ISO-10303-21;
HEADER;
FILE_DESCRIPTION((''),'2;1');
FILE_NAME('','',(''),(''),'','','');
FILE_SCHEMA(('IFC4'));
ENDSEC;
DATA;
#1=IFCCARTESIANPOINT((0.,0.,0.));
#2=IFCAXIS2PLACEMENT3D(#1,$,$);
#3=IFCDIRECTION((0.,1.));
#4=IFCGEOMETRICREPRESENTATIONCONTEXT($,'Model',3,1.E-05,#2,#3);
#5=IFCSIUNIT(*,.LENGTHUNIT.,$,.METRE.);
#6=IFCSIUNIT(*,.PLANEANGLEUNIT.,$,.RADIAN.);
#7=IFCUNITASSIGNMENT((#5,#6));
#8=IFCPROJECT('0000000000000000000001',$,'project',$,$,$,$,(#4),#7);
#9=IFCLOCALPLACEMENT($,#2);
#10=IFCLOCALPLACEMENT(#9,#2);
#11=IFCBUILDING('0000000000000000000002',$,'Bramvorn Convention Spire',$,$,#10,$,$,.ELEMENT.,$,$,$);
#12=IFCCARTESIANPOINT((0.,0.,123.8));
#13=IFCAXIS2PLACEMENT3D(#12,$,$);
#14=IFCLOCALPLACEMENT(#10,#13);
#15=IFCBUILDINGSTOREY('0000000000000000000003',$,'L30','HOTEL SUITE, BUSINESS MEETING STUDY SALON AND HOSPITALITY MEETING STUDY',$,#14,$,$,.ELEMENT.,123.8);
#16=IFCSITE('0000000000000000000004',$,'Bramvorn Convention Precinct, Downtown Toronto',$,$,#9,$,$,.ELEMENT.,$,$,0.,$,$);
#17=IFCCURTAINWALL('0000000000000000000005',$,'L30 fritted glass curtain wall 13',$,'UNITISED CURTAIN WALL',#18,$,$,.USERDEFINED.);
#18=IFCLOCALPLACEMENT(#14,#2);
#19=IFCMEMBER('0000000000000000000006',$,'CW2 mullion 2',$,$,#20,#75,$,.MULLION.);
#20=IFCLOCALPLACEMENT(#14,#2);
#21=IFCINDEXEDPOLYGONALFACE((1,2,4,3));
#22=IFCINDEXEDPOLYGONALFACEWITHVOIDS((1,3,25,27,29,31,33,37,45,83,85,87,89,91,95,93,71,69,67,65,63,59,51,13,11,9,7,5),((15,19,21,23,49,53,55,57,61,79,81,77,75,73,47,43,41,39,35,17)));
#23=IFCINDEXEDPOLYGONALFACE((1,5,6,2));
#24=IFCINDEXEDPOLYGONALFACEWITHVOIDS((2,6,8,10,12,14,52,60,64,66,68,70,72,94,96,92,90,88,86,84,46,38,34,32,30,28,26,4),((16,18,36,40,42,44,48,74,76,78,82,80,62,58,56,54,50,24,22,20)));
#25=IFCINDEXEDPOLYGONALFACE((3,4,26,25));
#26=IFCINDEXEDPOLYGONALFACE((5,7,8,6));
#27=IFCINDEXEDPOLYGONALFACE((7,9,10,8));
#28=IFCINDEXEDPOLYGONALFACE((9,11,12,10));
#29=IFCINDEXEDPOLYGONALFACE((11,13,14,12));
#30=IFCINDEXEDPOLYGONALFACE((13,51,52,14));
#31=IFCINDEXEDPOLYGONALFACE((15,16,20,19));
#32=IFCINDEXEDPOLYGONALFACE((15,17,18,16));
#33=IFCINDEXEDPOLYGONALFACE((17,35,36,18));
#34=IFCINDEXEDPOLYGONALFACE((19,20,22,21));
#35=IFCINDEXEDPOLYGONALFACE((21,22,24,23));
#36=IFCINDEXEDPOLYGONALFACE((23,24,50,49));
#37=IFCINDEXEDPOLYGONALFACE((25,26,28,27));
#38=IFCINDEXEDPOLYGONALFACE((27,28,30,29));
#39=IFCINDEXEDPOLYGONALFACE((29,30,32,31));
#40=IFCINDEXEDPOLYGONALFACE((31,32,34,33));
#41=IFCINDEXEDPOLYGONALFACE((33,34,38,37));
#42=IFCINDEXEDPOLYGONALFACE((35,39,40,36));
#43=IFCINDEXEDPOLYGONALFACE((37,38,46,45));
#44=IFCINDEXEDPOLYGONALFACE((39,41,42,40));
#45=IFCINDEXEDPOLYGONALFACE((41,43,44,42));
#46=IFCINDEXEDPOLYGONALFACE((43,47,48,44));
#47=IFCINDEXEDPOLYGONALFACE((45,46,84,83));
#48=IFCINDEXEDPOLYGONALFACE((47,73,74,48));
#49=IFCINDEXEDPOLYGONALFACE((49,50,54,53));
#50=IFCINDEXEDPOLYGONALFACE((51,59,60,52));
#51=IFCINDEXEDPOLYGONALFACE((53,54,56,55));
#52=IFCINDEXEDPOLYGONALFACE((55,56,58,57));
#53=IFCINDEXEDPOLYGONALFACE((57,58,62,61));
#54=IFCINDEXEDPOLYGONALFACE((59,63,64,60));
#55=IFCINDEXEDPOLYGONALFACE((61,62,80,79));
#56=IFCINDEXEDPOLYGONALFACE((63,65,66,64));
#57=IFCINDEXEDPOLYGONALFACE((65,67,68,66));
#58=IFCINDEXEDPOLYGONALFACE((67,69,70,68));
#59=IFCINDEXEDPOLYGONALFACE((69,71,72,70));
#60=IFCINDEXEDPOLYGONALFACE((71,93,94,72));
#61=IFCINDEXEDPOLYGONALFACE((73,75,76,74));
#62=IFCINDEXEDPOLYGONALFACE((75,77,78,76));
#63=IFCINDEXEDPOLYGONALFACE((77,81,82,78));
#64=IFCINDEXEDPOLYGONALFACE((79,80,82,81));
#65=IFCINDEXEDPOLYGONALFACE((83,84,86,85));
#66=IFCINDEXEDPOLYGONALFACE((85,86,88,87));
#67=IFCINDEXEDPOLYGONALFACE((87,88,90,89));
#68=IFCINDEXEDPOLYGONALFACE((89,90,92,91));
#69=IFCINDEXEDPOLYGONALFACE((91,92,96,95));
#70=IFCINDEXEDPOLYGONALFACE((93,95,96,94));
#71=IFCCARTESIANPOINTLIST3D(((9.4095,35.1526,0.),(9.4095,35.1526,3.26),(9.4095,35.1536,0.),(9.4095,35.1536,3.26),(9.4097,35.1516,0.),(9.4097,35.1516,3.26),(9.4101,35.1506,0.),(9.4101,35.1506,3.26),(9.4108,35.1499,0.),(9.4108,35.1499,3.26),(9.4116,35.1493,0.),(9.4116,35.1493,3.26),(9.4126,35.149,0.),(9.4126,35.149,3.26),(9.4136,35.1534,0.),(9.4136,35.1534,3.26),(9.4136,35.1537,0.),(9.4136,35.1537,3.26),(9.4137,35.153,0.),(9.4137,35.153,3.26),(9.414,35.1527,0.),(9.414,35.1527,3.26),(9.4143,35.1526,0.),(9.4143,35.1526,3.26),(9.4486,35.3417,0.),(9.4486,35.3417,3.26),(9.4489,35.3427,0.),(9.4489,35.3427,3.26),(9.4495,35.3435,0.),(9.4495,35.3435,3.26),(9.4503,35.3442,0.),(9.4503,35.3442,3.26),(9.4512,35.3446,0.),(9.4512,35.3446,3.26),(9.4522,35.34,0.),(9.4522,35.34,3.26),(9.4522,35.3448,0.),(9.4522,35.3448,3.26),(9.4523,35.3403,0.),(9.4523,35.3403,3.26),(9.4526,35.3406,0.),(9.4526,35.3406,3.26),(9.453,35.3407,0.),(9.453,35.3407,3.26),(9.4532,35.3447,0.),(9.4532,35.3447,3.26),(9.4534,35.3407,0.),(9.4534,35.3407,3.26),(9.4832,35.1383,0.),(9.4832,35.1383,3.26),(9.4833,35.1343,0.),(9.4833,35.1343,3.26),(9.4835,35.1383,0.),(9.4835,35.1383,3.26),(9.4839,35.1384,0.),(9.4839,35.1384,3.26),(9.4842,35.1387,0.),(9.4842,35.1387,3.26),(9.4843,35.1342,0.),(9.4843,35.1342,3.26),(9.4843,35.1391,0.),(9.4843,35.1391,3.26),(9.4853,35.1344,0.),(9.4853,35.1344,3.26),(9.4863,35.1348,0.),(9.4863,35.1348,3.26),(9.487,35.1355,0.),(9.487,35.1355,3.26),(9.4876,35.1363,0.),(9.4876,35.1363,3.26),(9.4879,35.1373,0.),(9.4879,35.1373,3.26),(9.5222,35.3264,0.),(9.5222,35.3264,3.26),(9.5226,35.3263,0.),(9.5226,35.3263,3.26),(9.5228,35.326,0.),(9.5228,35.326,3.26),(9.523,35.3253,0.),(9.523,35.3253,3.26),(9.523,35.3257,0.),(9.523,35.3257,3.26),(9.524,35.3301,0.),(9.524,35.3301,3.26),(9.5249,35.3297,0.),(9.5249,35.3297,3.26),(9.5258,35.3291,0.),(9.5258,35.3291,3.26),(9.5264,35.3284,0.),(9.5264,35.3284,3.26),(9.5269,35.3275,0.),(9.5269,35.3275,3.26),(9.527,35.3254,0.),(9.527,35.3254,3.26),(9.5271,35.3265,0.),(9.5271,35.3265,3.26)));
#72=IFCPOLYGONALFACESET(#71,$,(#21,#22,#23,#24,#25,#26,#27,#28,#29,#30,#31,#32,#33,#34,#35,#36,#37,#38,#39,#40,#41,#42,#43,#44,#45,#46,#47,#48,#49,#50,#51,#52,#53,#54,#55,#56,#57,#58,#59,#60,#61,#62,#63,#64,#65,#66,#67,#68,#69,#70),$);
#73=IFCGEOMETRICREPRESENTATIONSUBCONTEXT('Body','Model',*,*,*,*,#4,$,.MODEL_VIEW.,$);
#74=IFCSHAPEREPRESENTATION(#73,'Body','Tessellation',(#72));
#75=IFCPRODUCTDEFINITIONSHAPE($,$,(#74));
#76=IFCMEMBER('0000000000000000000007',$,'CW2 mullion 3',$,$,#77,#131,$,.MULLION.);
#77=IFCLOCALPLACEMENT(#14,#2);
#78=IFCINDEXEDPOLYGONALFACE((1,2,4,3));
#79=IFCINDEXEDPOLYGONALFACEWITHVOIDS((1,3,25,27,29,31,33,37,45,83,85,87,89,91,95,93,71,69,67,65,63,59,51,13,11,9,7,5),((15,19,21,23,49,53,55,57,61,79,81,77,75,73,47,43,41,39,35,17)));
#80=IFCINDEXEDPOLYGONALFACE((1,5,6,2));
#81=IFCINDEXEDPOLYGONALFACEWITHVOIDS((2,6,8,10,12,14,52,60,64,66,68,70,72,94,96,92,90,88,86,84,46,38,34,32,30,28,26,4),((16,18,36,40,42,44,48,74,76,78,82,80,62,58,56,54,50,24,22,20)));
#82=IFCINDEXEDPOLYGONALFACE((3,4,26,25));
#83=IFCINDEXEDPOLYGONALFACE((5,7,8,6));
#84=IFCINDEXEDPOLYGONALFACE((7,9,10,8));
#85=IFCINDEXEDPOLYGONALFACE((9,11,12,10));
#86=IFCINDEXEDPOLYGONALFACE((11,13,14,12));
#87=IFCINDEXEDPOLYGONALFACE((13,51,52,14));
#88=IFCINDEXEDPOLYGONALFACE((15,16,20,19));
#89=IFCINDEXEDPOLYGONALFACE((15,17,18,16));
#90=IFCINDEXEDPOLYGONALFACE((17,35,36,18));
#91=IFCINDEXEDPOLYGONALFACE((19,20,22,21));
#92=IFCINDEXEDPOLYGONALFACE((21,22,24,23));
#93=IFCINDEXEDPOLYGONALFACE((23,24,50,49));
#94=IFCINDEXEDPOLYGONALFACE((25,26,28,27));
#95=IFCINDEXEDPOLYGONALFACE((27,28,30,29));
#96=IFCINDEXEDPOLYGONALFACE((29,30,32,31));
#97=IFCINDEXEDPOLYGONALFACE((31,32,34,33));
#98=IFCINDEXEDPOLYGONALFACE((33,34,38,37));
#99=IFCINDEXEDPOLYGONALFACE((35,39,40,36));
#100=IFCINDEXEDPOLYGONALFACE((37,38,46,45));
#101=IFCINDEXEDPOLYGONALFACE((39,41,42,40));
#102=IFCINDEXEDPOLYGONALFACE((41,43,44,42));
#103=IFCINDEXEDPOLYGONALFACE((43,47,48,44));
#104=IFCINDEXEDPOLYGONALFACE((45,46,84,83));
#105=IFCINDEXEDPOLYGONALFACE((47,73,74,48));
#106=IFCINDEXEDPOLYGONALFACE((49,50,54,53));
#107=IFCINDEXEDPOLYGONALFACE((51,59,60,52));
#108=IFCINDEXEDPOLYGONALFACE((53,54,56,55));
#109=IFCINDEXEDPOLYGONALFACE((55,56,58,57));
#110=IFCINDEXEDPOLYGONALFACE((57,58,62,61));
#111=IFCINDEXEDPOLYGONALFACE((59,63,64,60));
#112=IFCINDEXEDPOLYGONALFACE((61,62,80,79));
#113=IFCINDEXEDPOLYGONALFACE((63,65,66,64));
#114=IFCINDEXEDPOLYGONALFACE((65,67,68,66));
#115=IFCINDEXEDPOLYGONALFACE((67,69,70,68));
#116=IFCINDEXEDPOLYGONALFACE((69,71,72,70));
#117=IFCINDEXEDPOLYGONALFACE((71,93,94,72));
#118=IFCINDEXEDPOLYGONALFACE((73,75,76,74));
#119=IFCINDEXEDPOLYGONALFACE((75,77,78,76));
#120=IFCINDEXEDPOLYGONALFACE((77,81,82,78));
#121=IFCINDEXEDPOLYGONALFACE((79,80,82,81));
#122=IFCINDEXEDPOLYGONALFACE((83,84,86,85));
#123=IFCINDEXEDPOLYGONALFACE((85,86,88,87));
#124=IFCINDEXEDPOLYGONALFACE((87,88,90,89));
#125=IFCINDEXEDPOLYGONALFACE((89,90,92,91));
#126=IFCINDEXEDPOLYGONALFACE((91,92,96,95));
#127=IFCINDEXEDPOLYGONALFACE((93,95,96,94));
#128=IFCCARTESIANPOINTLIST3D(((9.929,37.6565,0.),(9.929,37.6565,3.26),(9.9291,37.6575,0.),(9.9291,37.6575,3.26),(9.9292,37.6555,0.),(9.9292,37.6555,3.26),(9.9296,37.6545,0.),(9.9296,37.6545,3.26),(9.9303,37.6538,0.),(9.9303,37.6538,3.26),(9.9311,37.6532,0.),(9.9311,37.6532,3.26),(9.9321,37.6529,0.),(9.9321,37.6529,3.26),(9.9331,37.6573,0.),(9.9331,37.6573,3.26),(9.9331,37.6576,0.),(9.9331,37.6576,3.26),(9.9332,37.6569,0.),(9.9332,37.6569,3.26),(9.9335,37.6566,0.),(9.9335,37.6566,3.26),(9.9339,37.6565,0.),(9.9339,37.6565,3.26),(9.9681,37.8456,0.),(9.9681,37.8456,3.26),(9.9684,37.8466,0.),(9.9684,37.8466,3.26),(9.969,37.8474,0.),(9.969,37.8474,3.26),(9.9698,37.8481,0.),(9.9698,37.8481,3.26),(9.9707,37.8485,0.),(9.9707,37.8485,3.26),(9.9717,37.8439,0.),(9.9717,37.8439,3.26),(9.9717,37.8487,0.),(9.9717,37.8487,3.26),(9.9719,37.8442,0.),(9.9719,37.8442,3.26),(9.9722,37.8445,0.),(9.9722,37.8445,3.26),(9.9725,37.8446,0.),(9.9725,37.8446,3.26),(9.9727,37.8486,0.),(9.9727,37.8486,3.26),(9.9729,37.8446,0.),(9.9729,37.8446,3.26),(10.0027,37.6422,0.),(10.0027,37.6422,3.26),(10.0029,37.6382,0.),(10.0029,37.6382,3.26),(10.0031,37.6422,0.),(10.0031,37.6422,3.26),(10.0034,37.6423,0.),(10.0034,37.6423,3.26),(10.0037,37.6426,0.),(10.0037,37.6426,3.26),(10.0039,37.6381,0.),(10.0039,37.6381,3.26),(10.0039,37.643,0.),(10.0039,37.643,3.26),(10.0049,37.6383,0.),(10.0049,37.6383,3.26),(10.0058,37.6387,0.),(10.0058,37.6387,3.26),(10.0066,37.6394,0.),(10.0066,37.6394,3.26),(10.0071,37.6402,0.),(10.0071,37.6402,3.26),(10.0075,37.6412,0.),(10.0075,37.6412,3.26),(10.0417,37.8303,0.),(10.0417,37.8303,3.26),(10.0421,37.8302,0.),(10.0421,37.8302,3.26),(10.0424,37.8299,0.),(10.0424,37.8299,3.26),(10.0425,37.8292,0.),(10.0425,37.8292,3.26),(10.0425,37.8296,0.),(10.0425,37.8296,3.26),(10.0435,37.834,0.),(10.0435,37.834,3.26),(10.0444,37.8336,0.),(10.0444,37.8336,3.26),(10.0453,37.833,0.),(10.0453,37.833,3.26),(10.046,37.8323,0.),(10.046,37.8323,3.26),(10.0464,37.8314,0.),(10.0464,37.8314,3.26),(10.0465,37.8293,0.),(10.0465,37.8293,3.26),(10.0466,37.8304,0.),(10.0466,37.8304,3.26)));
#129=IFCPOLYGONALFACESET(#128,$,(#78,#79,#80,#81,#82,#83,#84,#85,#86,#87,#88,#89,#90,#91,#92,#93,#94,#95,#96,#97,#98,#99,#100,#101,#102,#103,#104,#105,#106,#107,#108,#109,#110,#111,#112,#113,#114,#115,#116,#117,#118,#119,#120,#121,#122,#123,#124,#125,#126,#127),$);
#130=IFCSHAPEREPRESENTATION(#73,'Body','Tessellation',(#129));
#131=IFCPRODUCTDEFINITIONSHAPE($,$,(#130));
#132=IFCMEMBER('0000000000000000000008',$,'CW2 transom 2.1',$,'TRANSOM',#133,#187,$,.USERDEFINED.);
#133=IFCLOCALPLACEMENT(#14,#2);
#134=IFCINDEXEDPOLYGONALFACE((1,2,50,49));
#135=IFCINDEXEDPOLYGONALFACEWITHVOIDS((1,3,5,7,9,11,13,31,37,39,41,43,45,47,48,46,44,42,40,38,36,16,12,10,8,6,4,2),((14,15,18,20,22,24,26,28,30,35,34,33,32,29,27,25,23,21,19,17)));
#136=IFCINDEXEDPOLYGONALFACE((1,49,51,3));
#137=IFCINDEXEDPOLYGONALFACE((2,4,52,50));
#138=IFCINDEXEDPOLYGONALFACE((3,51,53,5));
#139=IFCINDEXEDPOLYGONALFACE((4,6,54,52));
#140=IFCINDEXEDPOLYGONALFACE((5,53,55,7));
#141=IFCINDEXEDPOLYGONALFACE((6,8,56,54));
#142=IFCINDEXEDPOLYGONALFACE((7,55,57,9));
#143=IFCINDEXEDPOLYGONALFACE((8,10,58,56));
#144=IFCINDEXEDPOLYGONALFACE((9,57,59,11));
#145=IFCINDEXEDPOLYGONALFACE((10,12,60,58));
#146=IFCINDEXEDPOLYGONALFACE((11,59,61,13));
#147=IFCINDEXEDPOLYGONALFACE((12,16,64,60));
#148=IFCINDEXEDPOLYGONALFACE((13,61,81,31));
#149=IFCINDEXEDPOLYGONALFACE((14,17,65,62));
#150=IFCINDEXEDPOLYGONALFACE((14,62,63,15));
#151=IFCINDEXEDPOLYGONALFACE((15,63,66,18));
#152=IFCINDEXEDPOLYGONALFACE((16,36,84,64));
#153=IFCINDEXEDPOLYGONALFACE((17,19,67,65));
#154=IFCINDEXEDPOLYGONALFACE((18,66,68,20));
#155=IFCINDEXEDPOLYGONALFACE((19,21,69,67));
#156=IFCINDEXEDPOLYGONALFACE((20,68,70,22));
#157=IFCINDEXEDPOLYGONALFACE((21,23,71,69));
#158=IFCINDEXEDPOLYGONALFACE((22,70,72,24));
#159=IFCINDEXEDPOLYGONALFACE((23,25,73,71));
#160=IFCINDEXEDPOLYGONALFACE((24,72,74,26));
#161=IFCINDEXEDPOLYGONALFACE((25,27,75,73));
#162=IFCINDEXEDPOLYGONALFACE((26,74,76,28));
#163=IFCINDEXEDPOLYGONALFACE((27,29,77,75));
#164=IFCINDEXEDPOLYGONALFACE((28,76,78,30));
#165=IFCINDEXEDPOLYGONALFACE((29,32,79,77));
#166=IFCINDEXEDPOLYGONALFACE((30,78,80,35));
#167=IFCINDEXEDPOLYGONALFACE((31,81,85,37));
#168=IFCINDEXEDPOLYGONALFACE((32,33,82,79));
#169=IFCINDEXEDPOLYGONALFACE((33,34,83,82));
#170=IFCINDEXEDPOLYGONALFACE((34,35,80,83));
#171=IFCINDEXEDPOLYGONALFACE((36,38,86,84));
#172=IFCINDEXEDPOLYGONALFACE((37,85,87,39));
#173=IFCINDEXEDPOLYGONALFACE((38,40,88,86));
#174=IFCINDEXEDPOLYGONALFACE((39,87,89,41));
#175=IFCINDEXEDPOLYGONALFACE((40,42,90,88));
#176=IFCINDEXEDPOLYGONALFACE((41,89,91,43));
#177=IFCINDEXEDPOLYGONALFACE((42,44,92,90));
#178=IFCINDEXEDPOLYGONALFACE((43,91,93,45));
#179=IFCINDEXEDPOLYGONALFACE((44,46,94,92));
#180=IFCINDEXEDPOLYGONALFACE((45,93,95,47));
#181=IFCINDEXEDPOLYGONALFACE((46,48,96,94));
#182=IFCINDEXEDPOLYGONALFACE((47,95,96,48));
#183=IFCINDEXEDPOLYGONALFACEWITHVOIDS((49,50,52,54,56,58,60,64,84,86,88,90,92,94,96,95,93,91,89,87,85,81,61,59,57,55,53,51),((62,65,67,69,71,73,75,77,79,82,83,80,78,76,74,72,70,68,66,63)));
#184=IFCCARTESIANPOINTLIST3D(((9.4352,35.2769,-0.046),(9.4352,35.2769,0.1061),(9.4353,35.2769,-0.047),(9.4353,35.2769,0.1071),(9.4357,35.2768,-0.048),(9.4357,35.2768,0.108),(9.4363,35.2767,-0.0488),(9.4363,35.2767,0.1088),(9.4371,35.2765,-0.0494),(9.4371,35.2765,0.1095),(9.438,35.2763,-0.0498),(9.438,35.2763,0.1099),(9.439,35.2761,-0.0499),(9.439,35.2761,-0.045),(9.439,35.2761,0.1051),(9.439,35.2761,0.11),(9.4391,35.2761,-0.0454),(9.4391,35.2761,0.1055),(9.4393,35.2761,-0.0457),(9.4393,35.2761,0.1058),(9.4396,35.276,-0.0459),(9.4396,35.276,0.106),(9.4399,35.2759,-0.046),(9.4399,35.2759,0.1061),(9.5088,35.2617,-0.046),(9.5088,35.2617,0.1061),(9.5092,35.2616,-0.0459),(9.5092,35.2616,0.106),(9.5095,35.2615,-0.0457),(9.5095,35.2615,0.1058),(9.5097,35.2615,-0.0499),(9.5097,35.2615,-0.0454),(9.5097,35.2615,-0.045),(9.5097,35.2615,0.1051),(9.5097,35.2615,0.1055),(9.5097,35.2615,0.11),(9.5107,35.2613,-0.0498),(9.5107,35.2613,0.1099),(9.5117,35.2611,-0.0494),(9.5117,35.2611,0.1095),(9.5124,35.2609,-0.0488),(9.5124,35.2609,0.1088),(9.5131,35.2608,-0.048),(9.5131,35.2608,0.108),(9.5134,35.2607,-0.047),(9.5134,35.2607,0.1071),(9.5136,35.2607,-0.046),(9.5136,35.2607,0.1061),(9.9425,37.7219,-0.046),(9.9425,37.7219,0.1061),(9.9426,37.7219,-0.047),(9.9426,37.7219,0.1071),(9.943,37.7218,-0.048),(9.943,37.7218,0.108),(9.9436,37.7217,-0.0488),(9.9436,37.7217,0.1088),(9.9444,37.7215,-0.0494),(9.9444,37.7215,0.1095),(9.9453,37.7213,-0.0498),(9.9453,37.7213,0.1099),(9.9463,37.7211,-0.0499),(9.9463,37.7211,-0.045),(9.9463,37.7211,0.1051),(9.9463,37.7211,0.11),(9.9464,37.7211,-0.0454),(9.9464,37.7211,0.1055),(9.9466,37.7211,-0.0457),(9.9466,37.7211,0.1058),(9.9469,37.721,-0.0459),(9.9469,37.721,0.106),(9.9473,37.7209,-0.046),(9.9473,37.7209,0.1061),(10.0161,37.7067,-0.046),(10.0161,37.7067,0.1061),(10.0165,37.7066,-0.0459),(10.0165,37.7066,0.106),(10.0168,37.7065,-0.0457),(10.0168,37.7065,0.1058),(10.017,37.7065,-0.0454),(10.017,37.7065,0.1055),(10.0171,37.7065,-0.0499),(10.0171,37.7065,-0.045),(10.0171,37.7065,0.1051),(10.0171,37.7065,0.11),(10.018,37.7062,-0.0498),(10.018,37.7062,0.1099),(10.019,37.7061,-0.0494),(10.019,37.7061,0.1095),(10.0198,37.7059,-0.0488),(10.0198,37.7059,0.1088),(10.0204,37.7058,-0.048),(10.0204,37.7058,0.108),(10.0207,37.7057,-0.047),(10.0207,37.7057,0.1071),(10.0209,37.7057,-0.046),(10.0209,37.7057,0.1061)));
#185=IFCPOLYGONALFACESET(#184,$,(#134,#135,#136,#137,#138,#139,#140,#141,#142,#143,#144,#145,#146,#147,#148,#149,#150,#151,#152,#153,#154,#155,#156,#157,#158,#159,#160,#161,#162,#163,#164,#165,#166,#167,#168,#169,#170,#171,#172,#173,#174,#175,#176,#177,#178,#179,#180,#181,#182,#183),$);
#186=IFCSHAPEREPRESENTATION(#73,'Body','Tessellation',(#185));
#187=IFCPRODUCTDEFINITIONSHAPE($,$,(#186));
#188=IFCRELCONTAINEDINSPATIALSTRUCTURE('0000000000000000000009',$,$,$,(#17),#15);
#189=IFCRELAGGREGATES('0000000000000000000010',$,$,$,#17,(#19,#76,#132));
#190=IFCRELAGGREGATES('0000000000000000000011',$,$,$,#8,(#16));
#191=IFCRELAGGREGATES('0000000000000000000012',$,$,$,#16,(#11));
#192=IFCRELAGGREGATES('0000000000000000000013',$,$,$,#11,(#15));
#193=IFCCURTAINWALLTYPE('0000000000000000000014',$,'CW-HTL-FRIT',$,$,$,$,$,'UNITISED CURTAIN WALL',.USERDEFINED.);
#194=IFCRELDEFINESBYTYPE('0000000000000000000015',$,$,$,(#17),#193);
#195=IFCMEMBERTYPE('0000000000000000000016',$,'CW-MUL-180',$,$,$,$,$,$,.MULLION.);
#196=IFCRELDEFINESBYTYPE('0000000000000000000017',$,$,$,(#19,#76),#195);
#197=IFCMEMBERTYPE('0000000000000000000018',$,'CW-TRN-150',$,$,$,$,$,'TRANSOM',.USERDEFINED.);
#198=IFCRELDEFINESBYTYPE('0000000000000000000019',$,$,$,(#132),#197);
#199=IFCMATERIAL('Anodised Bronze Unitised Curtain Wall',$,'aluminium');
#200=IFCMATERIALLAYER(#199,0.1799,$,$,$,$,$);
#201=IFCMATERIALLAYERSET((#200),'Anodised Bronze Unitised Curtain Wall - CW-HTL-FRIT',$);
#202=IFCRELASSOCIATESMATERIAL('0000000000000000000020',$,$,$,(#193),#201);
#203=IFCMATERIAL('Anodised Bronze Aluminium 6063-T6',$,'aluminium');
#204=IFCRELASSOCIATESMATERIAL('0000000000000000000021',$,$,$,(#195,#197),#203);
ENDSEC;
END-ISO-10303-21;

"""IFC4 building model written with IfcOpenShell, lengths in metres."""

from ifc_helpers import new_model, si_unit, direction, frame, origin, origin_2d, place, context, subcontext, project, spatial, hollow_rectangle, extrude, material, layer, layer_set, material_profile, profile_set, type_object, element, aggregate, save


model = new_model("IFC4")

# Units and contexts
model_context = context("Model", 3, precision=1e-05, world=origin(), true_north=direction((0.0, 1.0)))
body_context = subcontext(model_context, "Body", "Model", "MODEL_VIEW")
ifc_project = project(units=[si_unit("LENGTHUNIT", "METRE"), si_unit("PLANEANGLEUNIT", "RADIAN")], contexts=[model_context])

# Site, building, storey
site_placement = place(None, origin())
site = spatial("IfcSite", under=ifc_project, at=site_placement, Name="Bramvorn Convention Precinct, Downtown Toronto", CompositionType="ELEMENT", RefElevation=0.0)
building_placement = place(site_placement, origin())
building = spatial("IfcBuilding", under=site, at=building_placement, Name="Bramvorn Convention Spire", CompositionType="ELEMENT")
storey_placement = place(building_placement, frame((0.0, 0.0, 123.8)))
storey = spatial("IfcBuildingStorey", under=building, at=storey_placement, Name="L30", Description="HOTEL SUITE, BUSINESS MEETING STUDY SALON AND HOSPITALITY MEETING STUDY", CompositionType="ELEMENT", Elevation=123.8)

# Curtain wall, members
ifc_material_1 = material(Name="Anodised Bronze Unitised Curtain Wall", Category="aluminium")
ifc_layer_1 = layer(ifc_material_1, 0.1799)
ifc_layer_set_1 = layer_set([ifc_layer_1], Name="Anodised Bronze Unitised Curtain Wall - CW-HTL-FRIT")
curtain_wall_type = type_object("IfcCurtainWallType", Name="CW-HTL-FRIT", ElementType="UNITISED CURTAIN WALL", PredefinedType="USERDEFINED", material=ifc_layer_set_1)
curtain_wall_placement = place(storey_placement, origin())
curtain_wall = element("IfcCurtainWall", 1, at=curtain_wall_placement, inside=storey, type_object=curtain_wall_type, Name="L30 fritted glass curtain wall 13", ObjectType="UNITISED CURTAIN WALL", PredefinedType="USERDEFINED")
ifc_material_2 = material(Name="Anodised Bronze Aluminium 6063-T6", Category="aluminium")
ifc_material_profile_1 = material_profile(ifc_material_2, hollow_rectangle(XDim=0.0801, YDim=0.2, WallThickness=0.0039, InnerFilletRadius=0.001, OuterFilletRadius=0.0039, at=origin_2d()))
ifc_profile_set_1 = profile_set([ifc_material_profile_1], Name="Anodised Bronze Aluminium 6063-T6 - CWM80X200")
member_type_1 = type_object("IfcMemberType", Name="CW-MUL-180", PredefinedType="MULLION", material=ifc_profile_set_1)
member_1_placement = place(storey_placement, frame((9.4683, 35.2395, 0.0), z_axis=(0.0, 0.0, 1.0), x_axis=(-0.979146, 0.203158, 0.0)))
member_1 = element("IfcMember", 2, at=member_1_placement, type_object=member_type_1, Name="CW2 mullion 2", PredefinedType="MULLION", context=body_context, shape_type="SweptSolid", body=[
    extrude(hollow_rectangle(XDim=0.0801, YDim=0.2, WallThickness=0.0039, InnerFilletRadius=0.001, OuterFilletRadius=0.0039, at=origin_2d()), origin(), (0.0, 0.0, 1.0), 3.26),
])
member_2_placement = place(storey_placement, frame((9.9878, 37.7434, 0.0), z_axis=(0.0, 0.0, 1.0), x_axis=(-0.979146, 0.203158, 0.0)))
member_2 = element("IfcMember", 3, at=member_2_placement, type_object=member_type_1, Name="CW2 mullion 3", PredefinedType="MULLION", context=body_context, shape_type="SweptSolid", body=[
    extrude(hollow_rectangle(XDim=0.0801, YDim=0.2, WallThickness=0.0039, InnerFilletRadius=0.001, OuterFilletRadius=0.0039, at=origin_2d()), origin(), (0.0, 0.0, 1.0), 3.26),
])
ifc_material_profile_2 = material_profile(ifc_material_2, hollow_rectangle(XDim=0.0801, YDim=0.1599, WallThickness=0.0039, InnerFilletRadius=0.001, OuterFilletRadius=0.0039, at=origin_2d()))
ifc_profile_set_2 = profile_set([ifc_material_profile_2], Name="Anodised Bronze Aluminium 6063-T6 - CWT80X160")
member_type_2 = type_object("IfcMemberType", Name="CW-TRN-150", ElementType="TRANSOM", PredefinedType="USERDEFINED", material=ifc_profile_set_2)
member_3_placement = place(storey_placement, frame((9.4744, 35.2688, 0.03), z_axis=(0.203162, 0.979145, 0.0), x_axis=(-0.979145, 0.203162, 0.0)))
member_3 = element("IfcMember", 4, at=member_3_placement, type_object=member_type_2, Name="CW2 transom 2.1", ObjectType="TRANSOM", PredefinedType="USERDEFINED", context=body_context, shape_type="SweptSolid", body=[
    extrude(hollow_rectangle(XDim=0.0801, YDim=0.1599, WallThickness=0.0039, InnerFilletRadius=0.001, OuterFilletRadius=0.0039, at=origin_2d()), origin(), (0.0, 0.0, 1.0), 2.4971),
])
aggregate(curtain_wall, [member_1, member_2, member_3])

save(model, "model.ifc")
